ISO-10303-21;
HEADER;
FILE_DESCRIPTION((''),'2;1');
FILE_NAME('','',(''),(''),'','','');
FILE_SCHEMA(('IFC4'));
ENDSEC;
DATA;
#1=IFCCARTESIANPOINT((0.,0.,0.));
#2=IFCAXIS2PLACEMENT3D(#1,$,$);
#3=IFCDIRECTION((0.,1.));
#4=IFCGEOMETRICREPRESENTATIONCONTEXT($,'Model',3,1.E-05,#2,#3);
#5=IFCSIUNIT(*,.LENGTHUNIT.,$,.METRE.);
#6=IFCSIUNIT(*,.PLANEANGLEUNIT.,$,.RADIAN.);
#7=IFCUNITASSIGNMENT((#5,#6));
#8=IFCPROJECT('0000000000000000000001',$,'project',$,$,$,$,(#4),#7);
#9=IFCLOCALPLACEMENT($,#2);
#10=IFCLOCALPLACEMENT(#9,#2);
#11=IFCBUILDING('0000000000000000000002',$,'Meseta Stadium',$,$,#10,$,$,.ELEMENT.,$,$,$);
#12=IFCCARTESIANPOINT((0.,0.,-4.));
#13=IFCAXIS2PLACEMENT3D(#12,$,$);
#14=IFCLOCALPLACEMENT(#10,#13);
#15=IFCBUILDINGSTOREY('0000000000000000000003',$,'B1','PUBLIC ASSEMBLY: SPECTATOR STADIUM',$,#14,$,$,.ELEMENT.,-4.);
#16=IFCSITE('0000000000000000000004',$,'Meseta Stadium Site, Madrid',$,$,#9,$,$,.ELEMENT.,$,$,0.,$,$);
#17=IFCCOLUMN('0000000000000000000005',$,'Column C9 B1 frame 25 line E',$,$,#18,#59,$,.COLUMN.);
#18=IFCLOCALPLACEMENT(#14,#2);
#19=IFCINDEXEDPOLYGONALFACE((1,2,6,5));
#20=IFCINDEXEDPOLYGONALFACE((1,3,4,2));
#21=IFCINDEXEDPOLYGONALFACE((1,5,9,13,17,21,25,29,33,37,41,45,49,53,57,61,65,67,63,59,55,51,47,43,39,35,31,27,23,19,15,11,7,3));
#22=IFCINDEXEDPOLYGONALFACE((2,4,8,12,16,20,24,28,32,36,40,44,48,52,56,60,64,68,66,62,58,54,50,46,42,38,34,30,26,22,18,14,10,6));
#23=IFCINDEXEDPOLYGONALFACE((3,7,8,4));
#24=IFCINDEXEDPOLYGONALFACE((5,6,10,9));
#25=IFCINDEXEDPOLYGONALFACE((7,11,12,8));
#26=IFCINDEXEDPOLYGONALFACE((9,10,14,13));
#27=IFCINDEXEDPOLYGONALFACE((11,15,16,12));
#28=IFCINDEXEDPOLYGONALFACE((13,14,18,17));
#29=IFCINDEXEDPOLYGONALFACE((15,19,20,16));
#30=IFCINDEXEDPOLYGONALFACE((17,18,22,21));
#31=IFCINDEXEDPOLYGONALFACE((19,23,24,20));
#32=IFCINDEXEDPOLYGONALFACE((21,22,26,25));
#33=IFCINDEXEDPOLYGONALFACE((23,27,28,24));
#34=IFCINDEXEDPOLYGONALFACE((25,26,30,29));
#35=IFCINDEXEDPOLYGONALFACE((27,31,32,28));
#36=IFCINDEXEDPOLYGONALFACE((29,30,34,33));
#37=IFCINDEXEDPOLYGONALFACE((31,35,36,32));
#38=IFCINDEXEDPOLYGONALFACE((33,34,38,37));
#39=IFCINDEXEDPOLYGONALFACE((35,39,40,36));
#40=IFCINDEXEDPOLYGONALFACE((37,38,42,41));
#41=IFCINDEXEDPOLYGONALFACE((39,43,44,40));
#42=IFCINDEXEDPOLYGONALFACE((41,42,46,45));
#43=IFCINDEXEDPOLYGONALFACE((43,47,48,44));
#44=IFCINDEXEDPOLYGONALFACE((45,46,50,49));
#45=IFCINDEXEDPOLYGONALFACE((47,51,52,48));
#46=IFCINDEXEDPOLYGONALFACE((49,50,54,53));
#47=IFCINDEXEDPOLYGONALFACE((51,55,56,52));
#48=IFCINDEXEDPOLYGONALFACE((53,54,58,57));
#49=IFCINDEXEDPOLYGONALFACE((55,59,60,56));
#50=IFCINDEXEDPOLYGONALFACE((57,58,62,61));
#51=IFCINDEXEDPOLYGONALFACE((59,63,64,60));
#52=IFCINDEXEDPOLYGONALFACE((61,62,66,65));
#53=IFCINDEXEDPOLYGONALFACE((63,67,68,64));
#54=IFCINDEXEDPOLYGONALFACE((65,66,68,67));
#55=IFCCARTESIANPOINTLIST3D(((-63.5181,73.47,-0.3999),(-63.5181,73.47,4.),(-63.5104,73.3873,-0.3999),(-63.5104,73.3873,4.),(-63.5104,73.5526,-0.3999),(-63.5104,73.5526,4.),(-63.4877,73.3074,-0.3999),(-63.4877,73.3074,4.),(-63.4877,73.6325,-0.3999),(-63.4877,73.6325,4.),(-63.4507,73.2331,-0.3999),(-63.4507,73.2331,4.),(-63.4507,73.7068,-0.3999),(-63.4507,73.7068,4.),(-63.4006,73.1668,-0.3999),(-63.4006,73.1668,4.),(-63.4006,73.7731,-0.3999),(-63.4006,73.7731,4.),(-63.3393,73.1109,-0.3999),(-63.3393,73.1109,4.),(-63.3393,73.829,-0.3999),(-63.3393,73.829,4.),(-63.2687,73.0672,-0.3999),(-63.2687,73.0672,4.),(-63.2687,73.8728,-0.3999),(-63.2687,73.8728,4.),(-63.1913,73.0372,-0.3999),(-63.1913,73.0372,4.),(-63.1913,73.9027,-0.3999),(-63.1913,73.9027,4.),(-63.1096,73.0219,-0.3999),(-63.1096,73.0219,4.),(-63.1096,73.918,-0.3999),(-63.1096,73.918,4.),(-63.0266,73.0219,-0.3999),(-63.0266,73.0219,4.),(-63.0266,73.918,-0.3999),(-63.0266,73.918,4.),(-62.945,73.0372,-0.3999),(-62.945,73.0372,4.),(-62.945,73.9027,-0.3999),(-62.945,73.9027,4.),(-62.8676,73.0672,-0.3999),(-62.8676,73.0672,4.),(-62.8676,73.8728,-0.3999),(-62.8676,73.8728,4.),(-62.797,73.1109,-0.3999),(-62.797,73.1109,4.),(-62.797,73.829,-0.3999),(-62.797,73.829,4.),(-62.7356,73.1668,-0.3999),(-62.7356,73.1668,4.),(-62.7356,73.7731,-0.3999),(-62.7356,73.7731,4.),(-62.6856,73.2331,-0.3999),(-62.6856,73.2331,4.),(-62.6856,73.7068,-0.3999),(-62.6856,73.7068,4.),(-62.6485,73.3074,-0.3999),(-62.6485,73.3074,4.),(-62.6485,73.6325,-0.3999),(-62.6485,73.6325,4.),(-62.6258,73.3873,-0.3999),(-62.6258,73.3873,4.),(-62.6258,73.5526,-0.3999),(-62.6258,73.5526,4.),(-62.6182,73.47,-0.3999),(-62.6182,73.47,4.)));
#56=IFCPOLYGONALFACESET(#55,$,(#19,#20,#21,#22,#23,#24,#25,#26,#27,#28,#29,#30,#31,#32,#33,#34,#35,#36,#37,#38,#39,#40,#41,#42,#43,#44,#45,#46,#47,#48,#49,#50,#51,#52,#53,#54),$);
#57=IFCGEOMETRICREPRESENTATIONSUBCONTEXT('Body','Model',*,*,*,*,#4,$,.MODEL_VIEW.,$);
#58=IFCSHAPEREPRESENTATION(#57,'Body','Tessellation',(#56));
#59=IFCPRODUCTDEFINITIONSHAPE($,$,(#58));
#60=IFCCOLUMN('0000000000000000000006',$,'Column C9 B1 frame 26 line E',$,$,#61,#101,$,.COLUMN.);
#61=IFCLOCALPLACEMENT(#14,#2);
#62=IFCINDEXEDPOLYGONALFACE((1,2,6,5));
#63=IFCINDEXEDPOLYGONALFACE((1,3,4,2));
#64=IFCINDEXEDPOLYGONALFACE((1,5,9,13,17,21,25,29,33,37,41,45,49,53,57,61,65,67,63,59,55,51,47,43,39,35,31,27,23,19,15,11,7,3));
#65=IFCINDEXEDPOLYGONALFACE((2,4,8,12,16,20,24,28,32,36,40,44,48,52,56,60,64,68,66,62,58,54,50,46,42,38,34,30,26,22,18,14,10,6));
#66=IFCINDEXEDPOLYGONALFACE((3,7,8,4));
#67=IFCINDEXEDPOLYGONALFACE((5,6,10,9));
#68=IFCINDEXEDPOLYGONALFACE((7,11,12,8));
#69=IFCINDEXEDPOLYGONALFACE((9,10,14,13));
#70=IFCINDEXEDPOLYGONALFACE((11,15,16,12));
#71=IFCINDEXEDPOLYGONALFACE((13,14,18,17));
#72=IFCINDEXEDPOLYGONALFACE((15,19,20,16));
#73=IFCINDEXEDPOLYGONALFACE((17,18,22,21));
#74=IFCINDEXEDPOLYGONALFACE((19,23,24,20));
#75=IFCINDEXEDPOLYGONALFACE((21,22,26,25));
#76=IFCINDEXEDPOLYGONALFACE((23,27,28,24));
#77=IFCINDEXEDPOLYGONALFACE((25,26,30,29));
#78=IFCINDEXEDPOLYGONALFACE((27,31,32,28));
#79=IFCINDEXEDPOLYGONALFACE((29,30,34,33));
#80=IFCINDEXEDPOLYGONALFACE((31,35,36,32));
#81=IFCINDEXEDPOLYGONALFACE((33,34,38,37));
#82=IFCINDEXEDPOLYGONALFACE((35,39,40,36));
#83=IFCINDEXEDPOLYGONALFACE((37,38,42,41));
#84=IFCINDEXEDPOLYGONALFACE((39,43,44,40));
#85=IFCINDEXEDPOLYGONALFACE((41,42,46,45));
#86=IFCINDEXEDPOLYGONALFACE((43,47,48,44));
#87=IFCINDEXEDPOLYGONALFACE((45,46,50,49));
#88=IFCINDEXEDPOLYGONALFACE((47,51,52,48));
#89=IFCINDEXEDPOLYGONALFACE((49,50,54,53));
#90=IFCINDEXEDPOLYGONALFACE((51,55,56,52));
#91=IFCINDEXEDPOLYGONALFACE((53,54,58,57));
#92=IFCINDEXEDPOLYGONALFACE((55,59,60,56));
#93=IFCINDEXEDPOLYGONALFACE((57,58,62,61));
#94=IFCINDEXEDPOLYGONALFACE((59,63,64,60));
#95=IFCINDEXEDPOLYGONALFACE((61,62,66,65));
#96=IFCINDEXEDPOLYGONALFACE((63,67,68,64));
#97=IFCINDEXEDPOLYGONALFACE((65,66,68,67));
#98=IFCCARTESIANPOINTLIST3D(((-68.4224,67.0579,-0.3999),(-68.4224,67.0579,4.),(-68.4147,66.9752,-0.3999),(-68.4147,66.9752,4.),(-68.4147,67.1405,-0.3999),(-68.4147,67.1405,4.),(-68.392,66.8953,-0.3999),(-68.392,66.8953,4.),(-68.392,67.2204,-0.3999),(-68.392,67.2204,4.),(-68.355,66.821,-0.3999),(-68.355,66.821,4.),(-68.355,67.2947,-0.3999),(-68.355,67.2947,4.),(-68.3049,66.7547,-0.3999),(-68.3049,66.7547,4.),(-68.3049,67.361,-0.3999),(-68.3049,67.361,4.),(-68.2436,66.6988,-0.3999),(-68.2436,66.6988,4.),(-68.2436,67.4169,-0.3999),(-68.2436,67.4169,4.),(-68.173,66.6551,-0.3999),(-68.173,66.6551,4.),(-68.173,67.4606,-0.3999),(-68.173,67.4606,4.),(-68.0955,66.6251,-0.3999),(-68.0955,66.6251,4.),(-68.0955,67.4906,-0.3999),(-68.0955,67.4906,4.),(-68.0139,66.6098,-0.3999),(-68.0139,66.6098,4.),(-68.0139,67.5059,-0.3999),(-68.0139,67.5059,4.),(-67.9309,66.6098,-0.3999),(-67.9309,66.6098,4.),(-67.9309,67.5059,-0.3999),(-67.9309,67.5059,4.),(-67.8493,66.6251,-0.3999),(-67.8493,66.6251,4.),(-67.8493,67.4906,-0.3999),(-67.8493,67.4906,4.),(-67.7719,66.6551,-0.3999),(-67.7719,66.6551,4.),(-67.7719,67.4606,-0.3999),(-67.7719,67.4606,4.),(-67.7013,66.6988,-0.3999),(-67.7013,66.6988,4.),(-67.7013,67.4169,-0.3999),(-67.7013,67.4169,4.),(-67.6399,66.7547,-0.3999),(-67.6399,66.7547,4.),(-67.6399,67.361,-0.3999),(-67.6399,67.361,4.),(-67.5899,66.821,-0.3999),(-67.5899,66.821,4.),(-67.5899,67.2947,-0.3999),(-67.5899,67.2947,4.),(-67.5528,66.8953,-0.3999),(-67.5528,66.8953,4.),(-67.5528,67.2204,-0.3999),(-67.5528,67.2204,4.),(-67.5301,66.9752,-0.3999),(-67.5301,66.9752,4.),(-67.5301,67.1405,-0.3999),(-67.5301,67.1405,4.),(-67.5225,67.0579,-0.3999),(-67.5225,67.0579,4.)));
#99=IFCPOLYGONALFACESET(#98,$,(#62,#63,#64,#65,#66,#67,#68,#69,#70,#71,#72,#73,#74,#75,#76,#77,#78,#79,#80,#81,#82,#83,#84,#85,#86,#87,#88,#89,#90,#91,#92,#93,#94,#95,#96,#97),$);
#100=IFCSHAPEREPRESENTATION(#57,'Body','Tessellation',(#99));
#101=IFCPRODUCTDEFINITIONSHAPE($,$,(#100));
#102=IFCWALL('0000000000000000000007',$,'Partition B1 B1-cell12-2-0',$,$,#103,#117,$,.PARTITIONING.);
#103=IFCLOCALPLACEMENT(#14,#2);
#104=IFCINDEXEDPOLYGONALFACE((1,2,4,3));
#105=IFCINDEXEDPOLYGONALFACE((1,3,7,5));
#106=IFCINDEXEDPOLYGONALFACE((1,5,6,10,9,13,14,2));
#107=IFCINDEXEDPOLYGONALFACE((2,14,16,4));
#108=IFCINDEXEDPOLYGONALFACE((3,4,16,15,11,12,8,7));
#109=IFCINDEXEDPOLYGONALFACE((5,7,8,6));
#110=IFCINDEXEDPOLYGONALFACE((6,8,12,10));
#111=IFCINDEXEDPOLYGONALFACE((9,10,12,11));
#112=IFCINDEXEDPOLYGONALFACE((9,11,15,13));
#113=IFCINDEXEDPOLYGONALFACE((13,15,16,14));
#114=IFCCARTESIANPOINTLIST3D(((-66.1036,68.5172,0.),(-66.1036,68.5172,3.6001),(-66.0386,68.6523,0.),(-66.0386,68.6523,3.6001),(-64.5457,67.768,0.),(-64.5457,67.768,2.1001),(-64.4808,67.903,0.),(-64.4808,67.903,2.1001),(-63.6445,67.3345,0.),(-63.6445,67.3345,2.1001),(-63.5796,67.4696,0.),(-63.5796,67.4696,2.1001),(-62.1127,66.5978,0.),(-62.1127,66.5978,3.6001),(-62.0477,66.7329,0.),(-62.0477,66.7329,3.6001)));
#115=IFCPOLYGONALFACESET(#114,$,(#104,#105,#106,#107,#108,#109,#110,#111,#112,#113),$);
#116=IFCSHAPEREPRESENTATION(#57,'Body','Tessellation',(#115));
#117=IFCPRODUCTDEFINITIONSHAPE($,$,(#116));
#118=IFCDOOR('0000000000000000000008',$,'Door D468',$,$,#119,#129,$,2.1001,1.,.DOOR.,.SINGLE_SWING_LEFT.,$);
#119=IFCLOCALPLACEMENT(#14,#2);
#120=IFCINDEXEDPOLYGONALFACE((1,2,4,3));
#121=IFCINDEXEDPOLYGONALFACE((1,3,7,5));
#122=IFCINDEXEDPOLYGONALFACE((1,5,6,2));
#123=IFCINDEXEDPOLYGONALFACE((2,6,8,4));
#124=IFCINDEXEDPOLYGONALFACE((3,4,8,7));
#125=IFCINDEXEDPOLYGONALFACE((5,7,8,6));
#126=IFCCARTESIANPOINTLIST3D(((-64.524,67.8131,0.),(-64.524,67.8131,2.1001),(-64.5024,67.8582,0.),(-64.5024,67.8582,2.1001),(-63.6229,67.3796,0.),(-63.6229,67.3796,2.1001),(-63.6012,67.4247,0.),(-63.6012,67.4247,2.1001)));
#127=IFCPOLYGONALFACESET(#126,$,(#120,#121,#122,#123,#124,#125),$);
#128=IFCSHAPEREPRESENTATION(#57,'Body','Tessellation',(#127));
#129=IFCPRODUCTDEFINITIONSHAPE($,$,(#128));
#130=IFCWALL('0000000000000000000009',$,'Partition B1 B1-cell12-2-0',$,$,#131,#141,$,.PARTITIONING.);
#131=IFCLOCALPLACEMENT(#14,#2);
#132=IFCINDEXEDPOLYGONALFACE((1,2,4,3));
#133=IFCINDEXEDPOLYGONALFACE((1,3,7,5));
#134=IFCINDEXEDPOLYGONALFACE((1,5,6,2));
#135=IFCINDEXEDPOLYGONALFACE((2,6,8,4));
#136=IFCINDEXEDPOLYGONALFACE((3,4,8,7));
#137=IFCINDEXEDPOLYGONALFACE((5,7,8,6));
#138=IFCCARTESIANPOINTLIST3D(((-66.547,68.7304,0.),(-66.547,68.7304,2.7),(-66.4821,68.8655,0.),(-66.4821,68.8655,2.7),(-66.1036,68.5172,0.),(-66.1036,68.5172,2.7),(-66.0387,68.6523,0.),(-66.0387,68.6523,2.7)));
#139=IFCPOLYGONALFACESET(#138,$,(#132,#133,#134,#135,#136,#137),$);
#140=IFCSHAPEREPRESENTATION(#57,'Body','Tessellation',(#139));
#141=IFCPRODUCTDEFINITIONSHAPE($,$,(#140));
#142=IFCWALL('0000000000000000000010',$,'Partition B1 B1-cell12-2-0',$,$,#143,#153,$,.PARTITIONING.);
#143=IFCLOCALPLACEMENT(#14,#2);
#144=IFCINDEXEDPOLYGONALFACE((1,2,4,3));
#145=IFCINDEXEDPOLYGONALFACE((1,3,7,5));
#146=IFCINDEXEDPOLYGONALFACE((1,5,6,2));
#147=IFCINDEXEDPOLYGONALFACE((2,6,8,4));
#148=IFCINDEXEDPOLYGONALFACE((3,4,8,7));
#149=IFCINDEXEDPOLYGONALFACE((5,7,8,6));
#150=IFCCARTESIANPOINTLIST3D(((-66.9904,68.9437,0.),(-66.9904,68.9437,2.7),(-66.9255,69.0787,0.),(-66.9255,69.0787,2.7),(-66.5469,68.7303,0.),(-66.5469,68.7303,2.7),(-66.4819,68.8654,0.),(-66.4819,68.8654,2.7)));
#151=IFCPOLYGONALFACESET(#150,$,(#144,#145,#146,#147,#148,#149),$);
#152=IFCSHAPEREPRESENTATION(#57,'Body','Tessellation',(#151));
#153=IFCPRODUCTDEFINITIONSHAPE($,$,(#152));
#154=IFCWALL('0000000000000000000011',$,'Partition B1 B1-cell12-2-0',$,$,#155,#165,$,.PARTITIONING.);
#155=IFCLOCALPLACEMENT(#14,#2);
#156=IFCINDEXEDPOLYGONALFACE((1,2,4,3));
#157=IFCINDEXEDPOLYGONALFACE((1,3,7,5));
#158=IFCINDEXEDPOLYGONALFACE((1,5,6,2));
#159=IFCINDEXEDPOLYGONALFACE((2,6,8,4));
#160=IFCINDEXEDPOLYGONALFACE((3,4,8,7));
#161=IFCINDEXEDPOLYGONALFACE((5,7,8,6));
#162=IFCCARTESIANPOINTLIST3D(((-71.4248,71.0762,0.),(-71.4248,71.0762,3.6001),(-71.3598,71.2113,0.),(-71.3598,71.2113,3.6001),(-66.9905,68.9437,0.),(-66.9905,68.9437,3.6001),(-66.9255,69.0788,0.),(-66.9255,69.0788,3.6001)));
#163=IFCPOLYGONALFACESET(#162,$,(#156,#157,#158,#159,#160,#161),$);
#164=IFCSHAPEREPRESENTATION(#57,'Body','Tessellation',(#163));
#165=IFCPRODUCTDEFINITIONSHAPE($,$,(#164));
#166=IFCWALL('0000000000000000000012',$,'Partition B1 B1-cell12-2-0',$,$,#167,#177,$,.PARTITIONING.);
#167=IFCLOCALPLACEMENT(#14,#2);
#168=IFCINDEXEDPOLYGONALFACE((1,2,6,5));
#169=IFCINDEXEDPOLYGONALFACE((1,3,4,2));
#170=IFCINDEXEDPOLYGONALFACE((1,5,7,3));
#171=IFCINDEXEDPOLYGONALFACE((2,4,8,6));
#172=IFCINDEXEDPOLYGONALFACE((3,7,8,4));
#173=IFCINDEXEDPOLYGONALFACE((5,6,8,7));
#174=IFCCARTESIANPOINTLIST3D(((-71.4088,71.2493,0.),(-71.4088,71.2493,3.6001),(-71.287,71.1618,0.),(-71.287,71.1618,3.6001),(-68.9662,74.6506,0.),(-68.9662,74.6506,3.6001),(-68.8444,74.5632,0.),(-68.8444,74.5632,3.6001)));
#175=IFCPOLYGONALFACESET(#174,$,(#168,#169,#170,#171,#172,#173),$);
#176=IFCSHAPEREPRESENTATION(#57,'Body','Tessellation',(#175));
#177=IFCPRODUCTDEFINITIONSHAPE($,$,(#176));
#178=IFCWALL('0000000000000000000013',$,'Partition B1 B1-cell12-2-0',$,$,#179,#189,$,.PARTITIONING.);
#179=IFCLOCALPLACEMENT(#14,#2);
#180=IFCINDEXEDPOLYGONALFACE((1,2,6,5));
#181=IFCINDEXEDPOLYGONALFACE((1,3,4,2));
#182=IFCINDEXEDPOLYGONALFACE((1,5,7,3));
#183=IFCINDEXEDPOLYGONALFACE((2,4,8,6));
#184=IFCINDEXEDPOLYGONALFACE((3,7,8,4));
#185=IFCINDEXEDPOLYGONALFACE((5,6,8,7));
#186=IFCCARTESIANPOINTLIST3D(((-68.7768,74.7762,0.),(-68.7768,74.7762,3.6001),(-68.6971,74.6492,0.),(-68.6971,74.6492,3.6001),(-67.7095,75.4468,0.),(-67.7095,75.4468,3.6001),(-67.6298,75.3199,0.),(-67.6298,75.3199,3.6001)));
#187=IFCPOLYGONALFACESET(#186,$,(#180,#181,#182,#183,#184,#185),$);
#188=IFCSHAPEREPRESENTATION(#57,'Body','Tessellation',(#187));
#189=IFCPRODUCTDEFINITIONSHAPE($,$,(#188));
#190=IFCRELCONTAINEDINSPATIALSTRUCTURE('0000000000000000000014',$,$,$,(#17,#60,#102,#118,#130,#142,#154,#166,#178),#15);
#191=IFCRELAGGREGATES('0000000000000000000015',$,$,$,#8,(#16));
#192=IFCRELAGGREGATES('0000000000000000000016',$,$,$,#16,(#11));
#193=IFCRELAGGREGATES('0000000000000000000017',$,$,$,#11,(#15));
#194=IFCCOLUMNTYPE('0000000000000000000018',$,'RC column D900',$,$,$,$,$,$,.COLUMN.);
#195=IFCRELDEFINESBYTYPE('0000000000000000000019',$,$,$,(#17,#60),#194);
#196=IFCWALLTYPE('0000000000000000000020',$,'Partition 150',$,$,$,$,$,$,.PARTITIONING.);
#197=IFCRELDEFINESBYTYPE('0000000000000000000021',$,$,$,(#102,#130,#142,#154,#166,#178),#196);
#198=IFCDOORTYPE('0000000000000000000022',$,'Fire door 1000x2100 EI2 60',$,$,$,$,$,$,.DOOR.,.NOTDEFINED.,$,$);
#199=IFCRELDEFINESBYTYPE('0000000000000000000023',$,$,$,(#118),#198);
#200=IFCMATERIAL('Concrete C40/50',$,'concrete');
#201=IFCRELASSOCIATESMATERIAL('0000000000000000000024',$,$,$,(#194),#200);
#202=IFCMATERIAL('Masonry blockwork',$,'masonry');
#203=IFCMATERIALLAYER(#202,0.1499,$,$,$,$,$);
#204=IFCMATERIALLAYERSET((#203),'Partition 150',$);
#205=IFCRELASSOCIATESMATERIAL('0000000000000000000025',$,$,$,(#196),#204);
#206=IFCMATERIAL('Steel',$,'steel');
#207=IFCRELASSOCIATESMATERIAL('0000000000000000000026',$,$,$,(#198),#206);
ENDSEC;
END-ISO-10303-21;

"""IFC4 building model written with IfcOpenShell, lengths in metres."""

from ifc_helpers import new_model, si_unit, direction, frame, frame_2d, origin, origin_2d, place, context, subcontext, project, spatial, rectangle, circle, extrude, material, layer, layer_set, material_profile, profile_set, type_object, element, fill, save


model = new_model("IFC4")

# Units and contexts
model_context = context("Model", 3, precision=1e-05, world=origin(), true_north=direction((0.0, 1.0)))
body_context = subcontext(model_context, "Body", "Model", "MODEL_VIEW")
ifc_project = project(units=[si_unit("LENGTHUNIT", "METRE"), si_unit("PLANEANGLEUNIT", "RADIAN")], contexts=[model_context])

# Site, building, storey
site_placement = place(None, origin())
site = spatial("IfcSite", under=ifc_project, at=site_placement, Name="Meseta Stadium Site, Madrid", CompositionType="ELEMENT", RefElevation=0.0)
building_placement = place(site_placement, origin())
building = spatial("IfcBuilding", under=site, at=building_placement, Name="Meseta Stadium", CompositionType="ELEMENT")
storey_placement = place(building_placement, frame((0.0, 0.0, -4.0)))
storey = spatial("IfcBuildingStorey", under=building, at=storey_placement, Name="B1", Description="PUBLIC ASSEMBLY: SPECTATOR STADIUM", CompositionType="ELEMENT", Elevation=-4.0)

# Columns
ifc_material_1 = material(Name="Concrete C40/50", Category="concrete")
ifc_material_profile = material_profile(ifc_material_1, circle(Radius=0.45, at=origin_2d()), Name="RC D900")
ifc_profile_set = profile_set([ifc_material_profile], Name="Concrete C40/50")
column_type = type_object("IfcColumnType", Name="RC column D900", PredefinedType="COLUMN", material=ifc_profile_set)
for number, where, z_axis, x_axis, name in (
    (1, (-63.0681, 73.47, -0.3999), (0.0, 0.0, 1.0), (1.0, 0.0, 0.0), "Column C9 B1 frame 25 line E"),
    (2, (-67.9724, 67.0579, -0.3999), (0.0, 0.0, 1.0), (1.0, 0.0, 0.0), "Column C9 B1 frame 26 line E"),
):
    element("IfcColumn", number, at=place(storey_placement, frame(where, z_axis=z_axis, x_axis=x_axis)), inside=storey, type_object=column_type, Name=name, PredefinedType="COLUMN", context=body_context, shape_type="SweptSolid", body=[
        extrude(circle(Radius=0.45, at=origin_2d()), origin(), (0.0, 0.0, 1.0), 4.3999),
    ])

# Wall, opening, door
ifc_material_2 = material(Name="Masonry blockwork", Category="masonry")
ifc_layer = layer(ifc_material_2, 0.1499)
ifc_layer_set = layer_set([ifc_layer], Name="Partition 150")
wall_type = type_object("IfcWallType", Name="Partition 150", PredefinedType="PARTITIONING", material=ifc_layer_set)
wall_1_placement = place(storey_placement, frame((-62.0801, 66.6653, 0.0), z_axis=(0.0, 0.0, 1.0), x_axis=(-0.901191, 0.433423, 0.0)))
wall_1 = element("IfcWall", 3, at=wall_1_placement, inside=storey, type_object=wall_type, Name="Partition B1 B1-cell12-2-0", PredefinedType="PARTITIONING", context=body_context, shape_type="SweptSolid", body=[
    extrude(rectangle(XDim=4.4285, YDim=0.1499, at=frame_2d((2.2144, 0.0))), origin(), (0.0, 0.0, 1.0), 3.6001),
])
opening_1_placement = place(wall_1_placement, frame((1.7, 0.0, 0.0)))
opening_1 = element("IfcOpeningElement", 4, at=opening_1_placement, cuts=wall_1, PredefinedType="OPENING", context=body_context, shape_type="SweptSolid", body=[
    extrude(rectangle(XDim=1.0, YDim=2.1001, at=frame_2d((0.5, 1.05))), frame((0.0, 0.085, 0.0), z_axis=(0.0, -1.0, 0.0), x_axis=(1.0, 0.0, 0.0)), (0.0, 0.0, 1.0), 0.1699),
])
ifc_material_3 = material(Name="Steel", Category="steel")
door_type = type_object("IfcDoorType", Name="Fire door 1000x2100 EI2 60", OperationType="NOTDEFINED", PredefinedType="DOOR", material=ifc_material_3)
door_1_placement = place(opening_1_placement, origin())
door_1 = element("IfcDoor", 5, at=door_1_placement, inside=storey, type_object=door_type, Name="Door D468", OperationType="SINGLE_SWING_LEFT", OverallHeight=2.1001, OverallWidth=1.0, PredefinedType="DOOR", context=body_context, shape_type="SweptSolid", body=[
    extrude(rectangle(XDim=1.0, YDim=2.1001, at=frame_2d((0.5, 1.05))), frame((0.0, 0.0249, 0.0), z_axis=(0.0, -1.0, 0.0), x_axis=(1.0, 0.0, 0.0)), (0.0, 0.0, 1.0), 0.05),
])
fill(opening_1, door_1)

# Walls
wall_2_placement = place(storey_placement, frame((-66.071, 68.5847, 0.0), z_axis=(0.0, 0.0, 1.0), x_axis=(-0.901267, 0.433263, 0.0)))
element("IfcWall", 6, at=wall_2_placement, inside=storey, type_object=wall_type, Name="Partition B1 B1-cell12-2-0", PredefinedType="PARTITIONING", context=body_context, shape_type="SweptSolid", body=[
    extrude(rectangle(XDim=0.4919, YDim=0.1499, at=frame_2d((0.2461, 0.0))), origin(), (0.0, 0.0, 1.0), 2.7),
])
wall_3_placement = place(storey_placement, frame((-66.5144, 68.7979, 0.0), z_axis=(0.0, 0.0, 1.0), x_axis=(-0.901167, 0.433473, 0.0)))
element("IfcWall", 7, at=wall_3_placement, inside=storey, type_object=wall_type, Name="Partition B1 B1-cell12-2-0", PredefinedType="PARTITIONING", context=body_context, shape_type="SweptSolid", body=[
    extrude(rectangle(XDim=0.4922, YDim=0.1499, at=frame_2d((0.2461, 0.0))), origin(), (0.0, 0.0, 1.0), 2.7),
])
wall_4_placement = place(storey_placement, frame((-66.958, 69.0112, 0.0), z_axis=(0.0, 0.0, 1.0), x_axis=(-0.901198, 0.433407, 0.0)))
element("IfcWall", 8, at=wall_4_placement, inside=storey, type_object=wall_type, Name="Partition B1 B1-cell12-2-0", PredefinedType="PARTITIONING", context=body_context, shape_type="SweptSolid", body=[
    extrude(rectangle(XDim=4.9204, YDim=0.1499, at=frame_2d((2.4602, 0.0))), origin(), (0.0, 0.0, 1.0), 3.6001),
])
wall_5_placement = place(storey_placement, frame((-71.3479, 71.2056, 0.0), z_axis=(0.0, 0.0, 1.0), x_axis=(0.583304, 0.812254, 0.0)))
element("IfcWall", 9, at=wall_5_placement, inside=storey, type_object=wall_type, Name="Partition B1 B1-cell12-2-0", PredefinedType="PARTITIONING", context=body_context, shape_type="SweptSolid", body=[
    extrude(rectangle(XDim=4.1875, YDim=0.1499, at=frame_2d((2.0938, 0.0))), origin(), (0.0, 0.0, 1.0), 3.6001),
])
wall_6_placement = place(storey_placement, frame((-68.7371, 74.7126, 0.0), z_axis=(0.0, 0.0, 1.0), x_axis=(0.846734, 0.532017, 0.0)))
element("IfcWall", 10, at=wall_6_placement, inside=storey, type_object=wall_type, Name="Partition B1 B1-cell12-2-0", PredefinedType="PARTITIONING", context=body_context, shape_type="SweptSolid", body=[
    extrude(rectangle(XDim=1.2605, YDim=0.1499, at=frame_2d((0.6304, 0.0))), origin(), (0.0, 0.0, 1.0), 3.6001),
])

save(model, "model.ifc")
